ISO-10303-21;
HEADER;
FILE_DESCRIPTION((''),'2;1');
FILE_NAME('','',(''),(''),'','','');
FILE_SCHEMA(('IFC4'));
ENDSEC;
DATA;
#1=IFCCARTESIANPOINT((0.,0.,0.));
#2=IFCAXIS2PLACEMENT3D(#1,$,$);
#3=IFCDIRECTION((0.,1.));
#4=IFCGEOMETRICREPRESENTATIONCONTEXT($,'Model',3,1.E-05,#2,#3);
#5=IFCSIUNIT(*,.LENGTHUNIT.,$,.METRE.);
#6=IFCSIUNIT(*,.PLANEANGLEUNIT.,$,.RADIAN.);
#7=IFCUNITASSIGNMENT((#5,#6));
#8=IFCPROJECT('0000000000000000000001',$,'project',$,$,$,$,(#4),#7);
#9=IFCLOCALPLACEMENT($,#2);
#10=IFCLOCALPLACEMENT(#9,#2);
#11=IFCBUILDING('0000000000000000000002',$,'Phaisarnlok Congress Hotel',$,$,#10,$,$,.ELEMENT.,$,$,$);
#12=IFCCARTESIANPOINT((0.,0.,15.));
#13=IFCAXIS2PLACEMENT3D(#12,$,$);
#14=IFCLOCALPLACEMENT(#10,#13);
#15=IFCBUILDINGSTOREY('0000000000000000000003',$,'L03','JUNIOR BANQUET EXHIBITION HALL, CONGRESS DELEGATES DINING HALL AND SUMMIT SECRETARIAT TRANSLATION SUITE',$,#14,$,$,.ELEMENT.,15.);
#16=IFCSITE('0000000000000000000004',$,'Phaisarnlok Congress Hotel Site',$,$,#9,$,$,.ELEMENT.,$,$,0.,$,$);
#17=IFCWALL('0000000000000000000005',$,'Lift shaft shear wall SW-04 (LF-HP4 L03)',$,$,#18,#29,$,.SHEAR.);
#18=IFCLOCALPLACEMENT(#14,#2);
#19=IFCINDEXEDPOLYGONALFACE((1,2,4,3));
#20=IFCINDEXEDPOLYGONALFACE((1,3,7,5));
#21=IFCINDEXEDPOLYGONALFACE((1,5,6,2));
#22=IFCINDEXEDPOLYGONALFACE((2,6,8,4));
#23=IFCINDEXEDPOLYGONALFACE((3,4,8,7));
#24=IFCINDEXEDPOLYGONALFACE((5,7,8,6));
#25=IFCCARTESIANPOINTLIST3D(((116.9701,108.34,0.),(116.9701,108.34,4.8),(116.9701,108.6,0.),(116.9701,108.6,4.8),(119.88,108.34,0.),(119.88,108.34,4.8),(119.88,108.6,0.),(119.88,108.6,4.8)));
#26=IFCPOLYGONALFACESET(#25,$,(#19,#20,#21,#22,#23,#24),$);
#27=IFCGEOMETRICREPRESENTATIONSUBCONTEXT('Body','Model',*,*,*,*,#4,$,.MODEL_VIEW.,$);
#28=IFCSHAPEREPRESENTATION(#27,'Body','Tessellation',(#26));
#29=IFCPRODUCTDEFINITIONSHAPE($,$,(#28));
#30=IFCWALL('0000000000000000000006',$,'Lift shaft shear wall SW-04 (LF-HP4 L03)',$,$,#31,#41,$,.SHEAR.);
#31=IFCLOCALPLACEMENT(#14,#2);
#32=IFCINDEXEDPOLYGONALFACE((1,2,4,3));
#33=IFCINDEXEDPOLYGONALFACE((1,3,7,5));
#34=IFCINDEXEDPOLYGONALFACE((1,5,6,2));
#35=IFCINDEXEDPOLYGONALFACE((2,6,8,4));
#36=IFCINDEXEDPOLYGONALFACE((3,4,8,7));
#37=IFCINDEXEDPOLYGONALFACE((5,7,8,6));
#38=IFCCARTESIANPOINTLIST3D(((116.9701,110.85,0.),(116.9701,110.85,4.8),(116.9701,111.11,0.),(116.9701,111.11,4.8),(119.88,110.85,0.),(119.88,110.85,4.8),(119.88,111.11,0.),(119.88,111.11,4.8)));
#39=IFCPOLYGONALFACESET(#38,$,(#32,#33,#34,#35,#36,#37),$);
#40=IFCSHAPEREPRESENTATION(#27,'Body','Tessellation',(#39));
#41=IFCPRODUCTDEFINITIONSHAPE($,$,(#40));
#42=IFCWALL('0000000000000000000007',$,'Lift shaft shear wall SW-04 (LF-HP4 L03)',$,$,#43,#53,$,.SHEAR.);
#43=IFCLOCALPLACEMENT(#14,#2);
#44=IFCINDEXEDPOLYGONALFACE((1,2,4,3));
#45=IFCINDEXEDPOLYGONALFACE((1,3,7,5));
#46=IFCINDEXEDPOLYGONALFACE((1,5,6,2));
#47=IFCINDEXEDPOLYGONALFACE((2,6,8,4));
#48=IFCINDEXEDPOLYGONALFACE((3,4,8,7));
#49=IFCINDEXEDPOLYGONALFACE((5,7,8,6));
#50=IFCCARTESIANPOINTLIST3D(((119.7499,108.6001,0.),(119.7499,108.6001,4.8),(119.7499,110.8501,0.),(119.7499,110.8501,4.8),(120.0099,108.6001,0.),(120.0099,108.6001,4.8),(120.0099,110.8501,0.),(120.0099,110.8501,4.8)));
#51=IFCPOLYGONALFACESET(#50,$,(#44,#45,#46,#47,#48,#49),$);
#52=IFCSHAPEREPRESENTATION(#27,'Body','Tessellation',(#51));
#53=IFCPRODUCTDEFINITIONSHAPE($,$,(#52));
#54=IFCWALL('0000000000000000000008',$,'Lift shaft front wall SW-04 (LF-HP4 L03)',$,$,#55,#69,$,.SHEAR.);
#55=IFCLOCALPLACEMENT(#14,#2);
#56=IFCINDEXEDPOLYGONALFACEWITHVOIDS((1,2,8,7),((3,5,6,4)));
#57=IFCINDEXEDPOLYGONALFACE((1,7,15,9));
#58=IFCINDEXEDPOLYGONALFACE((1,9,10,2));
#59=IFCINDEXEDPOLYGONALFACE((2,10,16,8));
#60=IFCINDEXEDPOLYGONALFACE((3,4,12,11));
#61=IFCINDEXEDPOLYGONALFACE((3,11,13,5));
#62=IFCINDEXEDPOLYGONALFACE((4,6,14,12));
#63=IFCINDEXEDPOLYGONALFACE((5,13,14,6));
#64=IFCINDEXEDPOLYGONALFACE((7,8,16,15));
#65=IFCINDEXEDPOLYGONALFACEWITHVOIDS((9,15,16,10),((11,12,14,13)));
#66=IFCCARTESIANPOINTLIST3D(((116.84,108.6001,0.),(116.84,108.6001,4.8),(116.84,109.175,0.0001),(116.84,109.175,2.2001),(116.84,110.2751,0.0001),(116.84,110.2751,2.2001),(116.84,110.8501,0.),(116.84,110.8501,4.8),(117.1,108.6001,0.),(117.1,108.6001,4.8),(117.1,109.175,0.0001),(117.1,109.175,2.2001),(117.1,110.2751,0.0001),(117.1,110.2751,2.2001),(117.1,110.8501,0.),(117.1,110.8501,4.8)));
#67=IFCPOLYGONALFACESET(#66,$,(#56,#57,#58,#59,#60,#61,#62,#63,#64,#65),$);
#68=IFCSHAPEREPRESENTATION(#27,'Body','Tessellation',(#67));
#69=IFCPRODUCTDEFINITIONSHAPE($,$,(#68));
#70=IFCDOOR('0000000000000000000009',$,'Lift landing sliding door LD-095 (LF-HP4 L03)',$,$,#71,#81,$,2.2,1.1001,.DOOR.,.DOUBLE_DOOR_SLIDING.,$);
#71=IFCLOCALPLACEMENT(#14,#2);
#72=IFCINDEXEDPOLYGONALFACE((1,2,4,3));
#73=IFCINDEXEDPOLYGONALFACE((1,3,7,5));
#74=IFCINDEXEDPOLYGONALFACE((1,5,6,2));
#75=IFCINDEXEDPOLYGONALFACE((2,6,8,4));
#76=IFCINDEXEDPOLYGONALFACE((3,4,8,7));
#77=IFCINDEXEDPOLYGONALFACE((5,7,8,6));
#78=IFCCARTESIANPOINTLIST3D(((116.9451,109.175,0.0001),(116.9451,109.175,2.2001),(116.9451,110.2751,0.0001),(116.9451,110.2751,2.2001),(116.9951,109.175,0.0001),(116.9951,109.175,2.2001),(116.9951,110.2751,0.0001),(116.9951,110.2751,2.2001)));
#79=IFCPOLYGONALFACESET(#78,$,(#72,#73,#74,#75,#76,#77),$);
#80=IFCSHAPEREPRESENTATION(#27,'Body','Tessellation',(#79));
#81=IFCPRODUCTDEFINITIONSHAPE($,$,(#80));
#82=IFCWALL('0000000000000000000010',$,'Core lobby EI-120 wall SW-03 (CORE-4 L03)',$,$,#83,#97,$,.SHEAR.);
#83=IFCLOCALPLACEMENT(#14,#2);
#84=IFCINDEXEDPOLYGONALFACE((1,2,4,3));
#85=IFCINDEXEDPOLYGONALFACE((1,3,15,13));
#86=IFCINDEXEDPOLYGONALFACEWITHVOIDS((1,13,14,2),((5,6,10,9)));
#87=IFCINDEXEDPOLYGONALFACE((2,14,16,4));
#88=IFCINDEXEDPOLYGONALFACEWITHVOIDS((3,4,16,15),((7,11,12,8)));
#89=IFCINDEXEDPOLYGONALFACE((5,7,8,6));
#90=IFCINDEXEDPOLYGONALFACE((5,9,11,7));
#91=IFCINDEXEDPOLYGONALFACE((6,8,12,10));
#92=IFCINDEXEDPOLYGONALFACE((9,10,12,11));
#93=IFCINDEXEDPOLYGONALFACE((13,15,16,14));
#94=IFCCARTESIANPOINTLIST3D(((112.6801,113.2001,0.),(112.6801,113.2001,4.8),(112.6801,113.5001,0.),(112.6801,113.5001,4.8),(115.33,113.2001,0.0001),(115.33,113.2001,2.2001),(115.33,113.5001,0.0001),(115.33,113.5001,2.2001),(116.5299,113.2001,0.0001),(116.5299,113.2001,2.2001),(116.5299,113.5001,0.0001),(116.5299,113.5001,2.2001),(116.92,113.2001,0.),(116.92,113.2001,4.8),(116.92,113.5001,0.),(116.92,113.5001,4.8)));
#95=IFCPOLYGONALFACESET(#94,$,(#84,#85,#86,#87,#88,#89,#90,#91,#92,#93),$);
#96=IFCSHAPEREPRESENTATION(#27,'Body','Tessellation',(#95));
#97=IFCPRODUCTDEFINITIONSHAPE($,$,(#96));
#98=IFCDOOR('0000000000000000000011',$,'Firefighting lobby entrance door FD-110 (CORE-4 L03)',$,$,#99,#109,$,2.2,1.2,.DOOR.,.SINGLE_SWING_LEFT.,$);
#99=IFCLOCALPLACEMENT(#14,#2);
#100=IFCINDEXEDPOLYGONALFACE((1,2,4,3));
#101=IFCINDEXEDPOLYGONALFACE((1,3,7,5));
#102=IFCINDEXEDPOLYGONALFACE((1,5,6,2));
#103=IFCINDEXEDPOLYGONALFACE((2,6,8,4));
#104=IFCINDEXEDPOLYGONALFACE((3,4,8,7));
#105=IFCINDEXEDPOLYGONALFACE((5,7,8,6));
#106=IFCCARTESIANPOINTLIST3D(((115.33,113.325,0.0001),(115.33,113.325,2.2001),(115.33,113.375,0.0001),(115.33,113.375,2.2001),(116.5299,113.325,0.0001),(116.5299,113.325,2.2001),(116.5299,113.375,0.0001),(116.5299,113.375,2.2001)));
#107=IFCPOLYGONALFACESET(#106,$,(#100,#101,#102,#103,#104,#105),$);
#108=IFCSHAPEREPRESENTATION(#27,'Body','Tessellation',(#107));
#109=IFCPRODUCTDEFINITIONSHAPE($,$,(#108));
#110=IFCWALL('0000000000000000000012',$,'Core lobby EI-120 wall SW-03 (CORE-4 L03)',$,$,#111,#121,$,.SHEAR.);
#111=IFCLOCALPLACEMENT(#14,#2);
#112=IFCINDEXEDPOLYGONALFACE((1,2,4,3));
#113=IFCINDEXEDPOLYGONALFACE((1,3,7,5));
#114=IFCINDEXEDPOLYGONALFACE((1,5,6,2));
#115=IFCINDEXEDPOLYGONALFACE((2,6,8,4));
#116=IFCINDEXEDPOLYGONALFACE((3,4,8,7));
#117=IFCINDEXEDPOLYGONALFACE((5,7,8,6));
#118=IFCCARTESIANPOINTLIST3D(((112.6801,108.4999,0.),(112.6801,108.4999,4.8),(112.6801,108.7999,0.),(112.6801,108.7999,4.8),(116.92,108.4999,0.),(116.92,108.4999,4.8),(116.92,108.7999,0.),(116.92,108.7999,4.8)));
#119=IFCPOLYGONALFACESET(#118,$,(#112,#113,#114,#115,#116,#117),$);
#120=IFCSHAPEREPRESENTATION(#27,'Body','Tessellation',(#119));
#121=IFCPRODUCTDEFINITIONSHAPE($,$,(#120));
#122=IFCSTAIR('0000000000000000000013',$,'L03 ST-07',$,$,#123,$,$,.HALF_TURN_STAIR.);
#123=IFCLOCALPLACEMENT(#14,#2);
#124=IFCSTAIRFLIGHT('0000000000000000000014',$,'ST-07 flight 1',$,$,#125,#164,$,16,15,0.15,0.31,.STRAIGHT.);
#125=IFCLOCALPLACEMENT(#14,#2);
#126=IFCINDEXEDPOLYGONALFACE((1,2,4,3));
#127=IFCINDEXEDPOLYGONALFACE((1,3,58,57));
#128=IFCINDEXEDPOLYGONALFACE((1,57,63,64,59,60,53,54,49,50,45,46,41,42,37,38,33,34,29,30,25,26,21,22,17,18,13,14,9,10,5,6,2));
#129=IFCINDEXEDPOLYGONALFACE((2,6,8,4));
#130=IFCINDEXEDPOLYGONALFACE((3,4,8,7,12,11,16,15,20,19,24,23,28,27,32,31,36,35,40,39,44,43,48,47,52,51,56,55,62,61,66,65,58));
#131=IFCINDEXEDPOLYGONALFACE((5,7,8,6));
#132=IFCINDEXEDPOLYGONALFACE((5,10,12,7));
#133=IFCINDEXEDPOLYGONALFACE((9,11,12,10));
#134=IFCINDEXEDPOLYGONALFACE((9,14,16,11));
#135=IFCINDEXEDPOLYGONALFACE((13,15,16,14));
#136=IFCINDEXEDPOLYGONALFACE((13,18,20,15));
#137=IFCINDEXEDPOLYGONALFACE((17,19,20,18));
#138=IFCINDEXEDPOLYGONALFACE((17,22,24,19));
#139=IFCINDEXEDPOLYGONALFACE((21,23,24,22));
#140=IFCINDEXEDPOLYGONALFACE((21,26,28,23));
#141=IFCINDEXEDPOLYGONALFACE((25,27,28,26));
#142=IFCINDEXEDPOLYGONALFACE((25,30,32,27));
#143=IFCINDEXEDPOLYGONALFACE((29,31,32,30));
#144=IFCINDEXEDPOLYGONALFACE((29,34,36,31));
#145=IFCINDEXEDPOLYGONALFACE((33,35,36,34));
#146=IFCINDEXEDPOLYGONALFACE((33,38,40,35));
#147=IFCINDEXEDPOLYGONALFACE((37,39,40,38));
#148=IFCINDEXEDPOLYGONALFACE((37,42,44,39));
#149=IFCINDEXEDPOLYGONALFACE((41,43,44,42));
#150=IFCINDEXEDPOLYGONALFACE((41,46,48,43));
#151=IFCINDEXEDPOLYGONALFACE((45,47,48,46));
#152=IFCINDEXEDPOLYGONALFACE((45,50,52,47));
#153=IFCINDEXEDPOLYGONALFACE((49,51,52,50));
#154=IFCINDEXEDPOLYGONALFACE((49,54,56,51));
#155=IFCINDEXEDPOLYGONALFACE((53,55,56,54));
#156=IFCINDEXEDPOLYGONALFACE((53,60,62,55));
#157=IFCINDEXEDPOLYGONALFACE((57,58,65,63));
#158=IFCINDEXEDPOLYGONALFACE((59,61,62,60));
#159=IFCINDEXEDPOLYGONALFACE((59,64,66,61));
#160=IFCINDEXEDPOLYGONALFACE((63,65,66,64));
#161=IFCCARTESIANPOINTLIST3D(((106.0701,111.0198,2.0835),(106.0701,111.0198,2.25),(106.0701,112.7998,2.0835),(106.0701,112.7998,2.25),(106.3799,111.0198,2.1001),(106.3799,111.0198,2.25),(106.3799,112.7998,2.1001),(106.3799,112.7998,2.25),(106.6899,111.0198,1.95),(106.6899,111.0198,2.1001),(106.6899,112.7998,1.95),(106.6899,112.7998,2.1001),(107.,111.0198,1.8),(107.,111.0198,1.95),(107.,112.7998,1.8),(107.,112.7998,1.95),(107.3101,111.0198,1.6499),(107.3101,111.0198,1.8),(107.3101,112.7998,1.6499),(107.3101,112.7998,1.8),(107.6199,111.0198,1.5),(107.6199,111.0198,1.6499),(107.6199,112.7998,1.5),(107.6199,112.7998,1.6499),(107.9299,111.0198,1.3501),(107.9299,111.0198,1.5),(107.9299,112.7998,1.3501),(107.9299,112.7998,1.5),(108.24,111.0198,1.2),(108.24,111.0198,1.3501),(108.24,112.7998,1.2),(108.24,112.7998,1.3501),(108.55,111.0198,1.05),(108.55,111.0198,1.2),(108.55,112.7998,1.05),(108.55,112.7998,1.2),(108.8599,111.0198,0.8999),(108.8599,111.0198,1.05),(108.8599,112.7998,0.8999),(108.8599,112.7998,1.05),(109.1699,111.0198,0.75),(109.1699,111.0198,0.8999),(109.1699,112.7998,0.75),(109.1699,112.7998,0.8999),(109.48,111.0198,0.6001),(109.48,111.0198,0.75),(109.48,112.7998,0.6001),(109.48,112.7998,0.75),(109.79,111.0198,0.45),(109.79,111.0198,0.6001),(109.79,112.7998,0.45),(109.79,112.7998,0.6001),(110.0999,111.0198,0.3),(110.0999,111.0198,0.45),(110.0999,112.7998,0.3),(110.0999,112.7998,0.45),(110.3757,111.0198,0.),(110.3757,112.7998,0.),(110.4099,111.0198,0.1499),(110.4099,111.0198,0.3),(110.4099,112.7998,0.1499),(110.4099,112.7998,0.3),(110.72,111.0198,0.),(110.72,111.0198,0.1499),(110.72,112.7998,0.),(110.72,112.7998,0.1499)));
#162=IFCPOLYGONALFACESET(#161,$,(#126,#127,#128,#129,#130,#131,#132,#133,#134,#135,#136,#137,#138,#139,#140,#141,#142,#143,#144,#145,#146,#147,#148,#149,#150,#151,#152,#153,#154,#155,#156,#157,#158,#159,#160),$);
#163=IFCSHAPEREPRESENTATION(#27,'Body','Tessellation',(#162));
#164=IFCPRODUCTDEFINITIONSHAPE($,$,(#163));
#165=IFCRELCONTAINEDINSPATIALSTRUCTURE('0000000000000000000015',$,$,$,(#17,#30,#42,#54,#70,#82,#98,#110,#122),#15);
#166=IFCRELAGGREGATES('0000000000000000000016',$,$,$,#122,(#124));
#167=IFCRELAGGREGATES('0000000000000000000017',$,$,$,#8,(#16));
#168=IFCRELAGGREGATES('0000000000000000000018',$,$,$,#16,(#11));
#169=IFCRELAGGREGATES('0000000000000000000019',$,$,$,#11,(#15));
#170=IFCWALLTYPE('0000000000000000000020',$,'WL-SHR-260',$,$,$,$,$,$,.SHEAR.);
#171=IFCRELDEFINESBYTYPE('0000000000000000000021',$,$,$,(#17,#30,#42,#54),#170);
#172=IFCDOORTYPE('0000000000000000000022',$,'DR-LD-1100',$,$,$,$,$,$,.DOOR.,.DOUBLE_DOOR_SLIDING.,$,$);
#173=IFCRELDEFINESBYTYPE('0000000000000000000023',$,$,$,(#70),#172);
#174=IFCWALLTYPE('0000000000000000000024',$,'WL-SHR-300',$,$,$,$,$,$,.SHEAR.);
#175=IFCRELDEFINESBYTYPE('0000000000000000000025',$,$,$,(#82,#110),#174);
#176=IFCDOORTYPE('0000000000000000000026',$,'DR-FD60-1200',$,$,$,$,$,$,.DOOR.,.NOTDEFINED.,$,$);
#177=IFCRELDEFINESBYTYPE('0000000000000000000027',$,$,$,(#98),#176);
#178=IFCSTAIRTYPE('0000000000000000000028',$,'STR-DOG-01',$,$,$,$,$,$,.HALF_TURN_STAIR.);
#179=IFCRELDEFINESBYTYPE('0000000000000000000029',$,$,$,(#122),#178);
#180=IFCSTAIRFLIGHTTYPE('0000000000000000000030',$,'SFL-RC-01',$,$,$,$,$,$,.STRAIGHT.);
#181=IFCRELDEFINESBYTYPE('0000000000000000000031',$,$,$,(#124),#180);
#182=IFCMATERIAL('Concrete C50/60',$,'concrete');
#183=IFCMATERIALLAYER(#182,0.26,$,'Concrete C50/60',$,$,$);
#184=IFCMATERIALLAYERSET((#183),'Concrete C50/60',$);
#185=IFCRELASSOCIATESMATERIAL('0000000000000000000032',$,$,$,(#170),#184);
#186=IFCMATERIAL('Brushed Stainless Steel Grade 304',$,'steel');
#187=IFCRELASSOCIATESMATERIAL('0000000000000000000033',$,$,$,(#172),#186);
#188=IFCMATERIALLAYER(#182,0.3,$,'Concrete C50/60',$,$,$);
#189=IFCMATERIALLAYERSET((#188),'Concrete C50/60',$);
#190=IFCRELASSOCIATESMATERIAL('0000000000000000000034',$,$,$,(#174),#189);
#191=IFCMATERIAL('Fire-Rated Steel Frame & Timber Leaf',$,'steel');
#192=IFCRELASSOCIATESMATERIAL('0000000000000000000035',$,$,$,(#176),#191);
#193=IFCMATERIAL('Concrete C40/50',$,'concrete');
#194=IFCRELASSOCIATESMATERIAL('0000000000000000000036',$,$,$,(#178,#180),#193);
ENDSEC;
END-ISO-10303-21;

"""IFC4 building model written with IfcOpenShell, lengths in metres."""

from ifc_helpers import new_model, si_unit, direction, frame, frame_2d, origin, place, context, subcontext, project, spatial, polyline, rectangle, outline, extrude, material, layer, layer_set, type_object, element, fill, aggregate, save


model = new_model("IFC4")

# Units and contexts
model_context = context("Model", 3, precision=1e-05, world=origin(), true_north=direction((0.0, 1.0)))
body_context = subcontext(model_context, "Body", "Model", "MODEL_VIEW")
ifc_project = project(units=[si_unit("LENGTHUNIT", "METRE"), si_unit("PLANEANGLEUNIT", "RADIAN")], contexts=[model_context])

# Site, building, storey
site_placement = place(None, origin())
site = spatial("IfcSite", under=ifc_project, at=site_placement, Name="Phaisarnlok Congress Hotel Site", CompositionType="ELEMENT", RefElevation=0.0)
building_placement = place(site_placement, origin())
building = spatial("IfcBuilding", under=site, at=building_placement, Name="Phaisarnlok Congress Hotel", CompositionType="ELEMENT")
storey_placement = place(building_placement, frame((0.0, 0.0, 15.0)))
storey = spatial("IfcBuildingStorey", under=building, at=storey_placement, Name="L03", Description="JUNIOR BANQUET EXHIBITION HALL, CONGRESS DELEGATES DINING HALL AND SUMMIT SECRETARIAT TRANSLATION SUITE", CompositionType="ELEMENT", Elevation=15.0)

# Shared definitions
ifc_material_1 = material(Name="Concrete C50/60", Category="concrete")

# Shared definitions
ifc_material_2 = material(Name="Concrete C40/50", Category="concrete")

# Shared definitions
ifc_layer_1 = layer(ifc_material_1, 0.26, Name="Concrete C50/60")
ifc_layer_set_1 = layer_set([ifc_layer_1], Name="Concrete C50/60")
wall_type_1 = type_object("IfcWallType", Name="WL-SHR-260", PredefinedType="SHEAR", material=ifc_layer_set_1)
ifc_material_3 = material(Name="Fire-Rated Steel Frame & Timber Leaf", Category="steel")

# Walls
for number, where, z_axis, x_axis, name in (
    (1, (116.97, 108.47, 0.0), (0.0, 0.0, 1.0), (1.0, 0.0, 0.0), "Lift shaft shear wall SW-04 (LF-HP4 L03)"),
    (2, (116.97, 110.98, 0.0), (0.0, 0.0, 1.0), (1.0, 0.0, 0.0), "Lift shaft shear wall SW-04 (LF-HP4 L03)"),
):
    element("IfcWall", number, at=place(storey_placement, frame(where, z_axis=z_axis, x_axis=x_axis)), inside=storey, type_object=wall_type_1, Name=name, PredefinedType="SHEAR", context=body_context, shape_type="SweptSolid", body=[
        extrude(rectangle(XDim=2.9099, YDim=0.26, at=frame_2d((1.4551, 0.0))), origin(), (0.0, 0.0, 1.0), 4.8),
    ])
wall_1_placement = place(storey_placement, frame((119.8799, 108.6001, 0.0), z_axis=(0.0, 0.0, 1.0), x_axis=(0.0, 1.0, 0.0)))
element("IfcWall", 3, at=wall_1_placement, inside=storey, type_object=wall_type_1, Name="Lift shaft shear wall SW-04 (LF-HP4 L03)", PredefinedType="SHEAR", context=body_context, shape_type="SweptSolid", body=[
    extrude(rectangle(XDim=2.25, YDim=0.26, at=frame_2d((1.125, 0.0))), origin(), (0.0, 0.0, 1.0), 4.8),
])

# Walls, openings, doors
wall_2_placement = place(storey_placement, frame((116.97, 108.6001, 0.0), z_axis=(0.0, 0.0, 1.0), x_axis=(0.0, 1.0, 0.0)))
wall_2 = element("IfcWall", 4, at=wall_2_placement, inside=storey, type_object=wall_type_1, Name="Lift shaft front wall SW-04 (LF-HP4 L03)", PredefinedType="SHEAR", context=body_context, shape_type="SweptSolid", body=[
    extrude(rectangle(XDim=2.25, YDim=0.26, at=frame_2d((1.125, 0.0))), origin(), (0.0, 0.0, 1.0), 4.8),
])
opening_1_placement = place(wall_2_placement, frame((0.575, 0.0, 0.0)))
opening_1 = element("IfcOpeningElement", 5, at=opening_1_placement, cuts=wall_2, PredefinedType="OPENING", context=body_context, shape_type="SweptSolid", body=[
    extrude(rectangle(XDim=1.1001, YDim=2.2, at=frame_2d((0.55, 1.1001))), frame((0.0, 0.1401, 0.0), z_axis=(0.0, -1.0, 0.0), x_axis=(1.0, 0.0, 0.0)), (0.0, 0.0, 1.0), 0.28),
])
ifc_material_4 = material(Name="Brushed Stainless Steel Grade 304", Category="steel")
door_type_1 = type_object("IfcDoorType", Name="DR-LD-1100", OperationType="DOUBLE_DOOR_SLIDING", PredefinedType="DOOR", material=ifc_material_4)
door_1_placement = place(opening_1_placement, origin())
door_1 = element("IfcDoor", 6, at=door_1_placement, inside=storey, type_object=door_type_1, Name="Lift landing sliding door LD-095 (LF-HP4 L03)", OperationType="DOUBLE_DOOR_SLIDING", OverallHeight=2.2, OverallWidth=1.1001, PredefinedType="DOOR", context=body_context, shape_type="SweptSolid", body=[
    extrude(rectangle(XDim=1.1001, YDim=2.2, at=frame_2d((0.55, 1.1001))), frame((0.0, 0.0249, 0.0), z_axis=(0.0, -1.0, 0.0), x_axis=(1.0, 0.0, 0.0)), (0.0, 0.0, 1.0), 0.05),
])
fill(opening_1, door_1)
ifc_layer_2 = layer(ifc_material_1, 0.3, Name="Concrete C50/60")
ifc_layer_set_2 = layer_set([ifc_layer_2], Name="Concrete C50/60")
wall_type_2 = type_object("IfcWallType", Name="WL-SHR-300", PredefinedType="SHEAR", material=ifc_layer_set_2)
wall_3_placement = place(storey_placement, frame((112.6799, 113.3501, 0.0), z_axis=(0.0, 0.0, 1.0), x_axis=(1.0, 0.0, 0.0)))
wall_3 = element("IfcWall", 7, at=wall_3_placement, inside=storey, type_object=wall_type_2, Name="Core lobby EI-120 wall SW-03 (CORE-4 L03)", PredefinedType="SHEAR", context=body_context, shape_type="SweptSolid", body=[
    extrude(rectangle(XDim=4.24, YDim=0.3, at=frame_2d((2.1201, 0.0))), origin(), (0.0, 0.0, 1.0), 4.8),
])
opening_2_placement = place(wall_3_placement, frame((2.6499, 0.0, 0.0)))
opening_2 = element("IfcOpeningElement", 8, at=opening_2_placement, cuts=wall_3, PredefinedType="OPENING", context=body_context, shape_type="SweptSolid", body=[
    extrude(rectangle(XDim=1.2, YDim=2.2, at=frame_2d((0.6001, 1.1001))), frame((0.0, 0.1602, 0.0), z_axis=(0.0, -1.0, 0.0), x_axis=(1.0, 0.0, 0.0)), (0.0, 0.0, 1.0), 0.3201),
])
door_type_2 = type_object("IfcDoorType", Name="DR-FD60-1200", OperationType="NOTDEFINED", PredefinedType="DOOR", material=ifc_material_3)
door_2_placement = place(opening_2_placement, origin())
door_2 = element("IfcDoor", 9, at=door_2_placement, inside=storey, type_object=door_type_2, Name="Firefighting lobby entrance door FD-110 (CORE-4 L03)", OperationType="SINGLE_SWING_LEFT", OverallHeight=2.2, OverallWidth=1.2, PredefinedType="DOOR", context=body_context, shape_type="SweptSolid", body=[
    extrude(rectangle(XDim=1.2, YDim=2.2, at=frame_2d((0.6001, 1.1001))), frame((0.0, 0.0249, 0.0), z_axis=(0.0, -1.0, 0.0), x_axis=(1.0, 0.0, 0.0)), (0.0, 0.0, 1.0), 0.05),
])
fill(opening_2, door_2)

# Wall
wall_4_placement = place(storey_placement, frame((112.6799, 108.6499, 0.0), z_axis=(0.0, 0.0, 1.0), x_axis=(1.0, 0.0, 0.0)))
element("IfcWall", 10, at=wall_4_placement, inside=storey, type_object=wall_type_2, Name="Core lobby EI-120 wall SW-03 (CORE-4 L03)", PredefinedType="SHEAR", context=body_context, shape_type="SweptSolid", body=[
    extrude(rectangle(XDim=4.24, YDim=0.3, at=frame_2d((2.1201, 0.0))), origin(), (0.0, 0.0, 1.0), 4.8),
])

# Stair, stair flight
stair_type = type_object("IfcStairType", Name="STR-DOG-01", PredefinedType="HALF_TURN_STAIR", material=ifc_material_2)
stair_placement = place(storey_placement, origin())
stair = element("IfcStair", 11, at=stair_placement, inside=storey, type_object=stair_type, Name="L03 ST-07", PredefinedType="HALF_TURN_STAIR")
stair_flight_type = type_object("IfcStairFlightType", Name="SFL-RC-01", PredefinedType="STRAIGHT", material=ifc_material_2)
stair_flight_placement = place(storey_placement, frame((110.72, 111.9099, 0.0), z_axis=(0.0, 0.0, 1.0), x_axis=(-1.0, 0.0, 0.0)))
stair_flight = element("IfcStairFlight", 12, at=stair_flight_placement, type_object=stair_flight_type, Name="ST-07 flight 1", NumberOfRisers=16, NumberOfTreads=15, PredefinedType="STRAIGHT", RiserHeight=0.15, TreadLength=0.31, context=body_context, shape_type="SweptSolid", body=[
    extrude(outline(polyline([(0.0, 0.0), (0.0, 0.1499), (0.3101, 0.1499), (0.3101, 0.3), (0.6201, 0.3), (0.6201, 0.45), (0.9299, 0.45), (0.9299, 0.6001), (1.24, 0.6001), (1.24, 0.75), (1.55, 0.75), (1.55, 0.8999), (1.8601, 0.8999), (1.8601, 1.05), (2.1699, 1.05), (2.1699, 1.2), (2.48, 1.2), (2.48, 1.3501), (2.79, 1.3501), (2.79, 1.5), (3.1001, 1.5), (3.1001, 1.6499), (3.4099, 1.6499), (3.4099, 1.8), (3.72, 1.8), (3.72, 1.95), (4.03, 1.95), (4.03, 2.1001), (4.3401, 2.1001), (4.3401, 2.25), (4.6499, 2.25), (4.6499, 2.3999), (4.6499, 2.0835), (0.3442, 0.0), (0.0, 0.0)])), frame((0.0, 0.8901, 0.0), z_axis=(0.0, -1.0, 0.0), x_axis=(1.0, 0.0, 0.0)), (0.0, 0.0, 1.0), 1.78),
])
aggregate(stair, [stair_flight])

save(model, "model.ifc")
